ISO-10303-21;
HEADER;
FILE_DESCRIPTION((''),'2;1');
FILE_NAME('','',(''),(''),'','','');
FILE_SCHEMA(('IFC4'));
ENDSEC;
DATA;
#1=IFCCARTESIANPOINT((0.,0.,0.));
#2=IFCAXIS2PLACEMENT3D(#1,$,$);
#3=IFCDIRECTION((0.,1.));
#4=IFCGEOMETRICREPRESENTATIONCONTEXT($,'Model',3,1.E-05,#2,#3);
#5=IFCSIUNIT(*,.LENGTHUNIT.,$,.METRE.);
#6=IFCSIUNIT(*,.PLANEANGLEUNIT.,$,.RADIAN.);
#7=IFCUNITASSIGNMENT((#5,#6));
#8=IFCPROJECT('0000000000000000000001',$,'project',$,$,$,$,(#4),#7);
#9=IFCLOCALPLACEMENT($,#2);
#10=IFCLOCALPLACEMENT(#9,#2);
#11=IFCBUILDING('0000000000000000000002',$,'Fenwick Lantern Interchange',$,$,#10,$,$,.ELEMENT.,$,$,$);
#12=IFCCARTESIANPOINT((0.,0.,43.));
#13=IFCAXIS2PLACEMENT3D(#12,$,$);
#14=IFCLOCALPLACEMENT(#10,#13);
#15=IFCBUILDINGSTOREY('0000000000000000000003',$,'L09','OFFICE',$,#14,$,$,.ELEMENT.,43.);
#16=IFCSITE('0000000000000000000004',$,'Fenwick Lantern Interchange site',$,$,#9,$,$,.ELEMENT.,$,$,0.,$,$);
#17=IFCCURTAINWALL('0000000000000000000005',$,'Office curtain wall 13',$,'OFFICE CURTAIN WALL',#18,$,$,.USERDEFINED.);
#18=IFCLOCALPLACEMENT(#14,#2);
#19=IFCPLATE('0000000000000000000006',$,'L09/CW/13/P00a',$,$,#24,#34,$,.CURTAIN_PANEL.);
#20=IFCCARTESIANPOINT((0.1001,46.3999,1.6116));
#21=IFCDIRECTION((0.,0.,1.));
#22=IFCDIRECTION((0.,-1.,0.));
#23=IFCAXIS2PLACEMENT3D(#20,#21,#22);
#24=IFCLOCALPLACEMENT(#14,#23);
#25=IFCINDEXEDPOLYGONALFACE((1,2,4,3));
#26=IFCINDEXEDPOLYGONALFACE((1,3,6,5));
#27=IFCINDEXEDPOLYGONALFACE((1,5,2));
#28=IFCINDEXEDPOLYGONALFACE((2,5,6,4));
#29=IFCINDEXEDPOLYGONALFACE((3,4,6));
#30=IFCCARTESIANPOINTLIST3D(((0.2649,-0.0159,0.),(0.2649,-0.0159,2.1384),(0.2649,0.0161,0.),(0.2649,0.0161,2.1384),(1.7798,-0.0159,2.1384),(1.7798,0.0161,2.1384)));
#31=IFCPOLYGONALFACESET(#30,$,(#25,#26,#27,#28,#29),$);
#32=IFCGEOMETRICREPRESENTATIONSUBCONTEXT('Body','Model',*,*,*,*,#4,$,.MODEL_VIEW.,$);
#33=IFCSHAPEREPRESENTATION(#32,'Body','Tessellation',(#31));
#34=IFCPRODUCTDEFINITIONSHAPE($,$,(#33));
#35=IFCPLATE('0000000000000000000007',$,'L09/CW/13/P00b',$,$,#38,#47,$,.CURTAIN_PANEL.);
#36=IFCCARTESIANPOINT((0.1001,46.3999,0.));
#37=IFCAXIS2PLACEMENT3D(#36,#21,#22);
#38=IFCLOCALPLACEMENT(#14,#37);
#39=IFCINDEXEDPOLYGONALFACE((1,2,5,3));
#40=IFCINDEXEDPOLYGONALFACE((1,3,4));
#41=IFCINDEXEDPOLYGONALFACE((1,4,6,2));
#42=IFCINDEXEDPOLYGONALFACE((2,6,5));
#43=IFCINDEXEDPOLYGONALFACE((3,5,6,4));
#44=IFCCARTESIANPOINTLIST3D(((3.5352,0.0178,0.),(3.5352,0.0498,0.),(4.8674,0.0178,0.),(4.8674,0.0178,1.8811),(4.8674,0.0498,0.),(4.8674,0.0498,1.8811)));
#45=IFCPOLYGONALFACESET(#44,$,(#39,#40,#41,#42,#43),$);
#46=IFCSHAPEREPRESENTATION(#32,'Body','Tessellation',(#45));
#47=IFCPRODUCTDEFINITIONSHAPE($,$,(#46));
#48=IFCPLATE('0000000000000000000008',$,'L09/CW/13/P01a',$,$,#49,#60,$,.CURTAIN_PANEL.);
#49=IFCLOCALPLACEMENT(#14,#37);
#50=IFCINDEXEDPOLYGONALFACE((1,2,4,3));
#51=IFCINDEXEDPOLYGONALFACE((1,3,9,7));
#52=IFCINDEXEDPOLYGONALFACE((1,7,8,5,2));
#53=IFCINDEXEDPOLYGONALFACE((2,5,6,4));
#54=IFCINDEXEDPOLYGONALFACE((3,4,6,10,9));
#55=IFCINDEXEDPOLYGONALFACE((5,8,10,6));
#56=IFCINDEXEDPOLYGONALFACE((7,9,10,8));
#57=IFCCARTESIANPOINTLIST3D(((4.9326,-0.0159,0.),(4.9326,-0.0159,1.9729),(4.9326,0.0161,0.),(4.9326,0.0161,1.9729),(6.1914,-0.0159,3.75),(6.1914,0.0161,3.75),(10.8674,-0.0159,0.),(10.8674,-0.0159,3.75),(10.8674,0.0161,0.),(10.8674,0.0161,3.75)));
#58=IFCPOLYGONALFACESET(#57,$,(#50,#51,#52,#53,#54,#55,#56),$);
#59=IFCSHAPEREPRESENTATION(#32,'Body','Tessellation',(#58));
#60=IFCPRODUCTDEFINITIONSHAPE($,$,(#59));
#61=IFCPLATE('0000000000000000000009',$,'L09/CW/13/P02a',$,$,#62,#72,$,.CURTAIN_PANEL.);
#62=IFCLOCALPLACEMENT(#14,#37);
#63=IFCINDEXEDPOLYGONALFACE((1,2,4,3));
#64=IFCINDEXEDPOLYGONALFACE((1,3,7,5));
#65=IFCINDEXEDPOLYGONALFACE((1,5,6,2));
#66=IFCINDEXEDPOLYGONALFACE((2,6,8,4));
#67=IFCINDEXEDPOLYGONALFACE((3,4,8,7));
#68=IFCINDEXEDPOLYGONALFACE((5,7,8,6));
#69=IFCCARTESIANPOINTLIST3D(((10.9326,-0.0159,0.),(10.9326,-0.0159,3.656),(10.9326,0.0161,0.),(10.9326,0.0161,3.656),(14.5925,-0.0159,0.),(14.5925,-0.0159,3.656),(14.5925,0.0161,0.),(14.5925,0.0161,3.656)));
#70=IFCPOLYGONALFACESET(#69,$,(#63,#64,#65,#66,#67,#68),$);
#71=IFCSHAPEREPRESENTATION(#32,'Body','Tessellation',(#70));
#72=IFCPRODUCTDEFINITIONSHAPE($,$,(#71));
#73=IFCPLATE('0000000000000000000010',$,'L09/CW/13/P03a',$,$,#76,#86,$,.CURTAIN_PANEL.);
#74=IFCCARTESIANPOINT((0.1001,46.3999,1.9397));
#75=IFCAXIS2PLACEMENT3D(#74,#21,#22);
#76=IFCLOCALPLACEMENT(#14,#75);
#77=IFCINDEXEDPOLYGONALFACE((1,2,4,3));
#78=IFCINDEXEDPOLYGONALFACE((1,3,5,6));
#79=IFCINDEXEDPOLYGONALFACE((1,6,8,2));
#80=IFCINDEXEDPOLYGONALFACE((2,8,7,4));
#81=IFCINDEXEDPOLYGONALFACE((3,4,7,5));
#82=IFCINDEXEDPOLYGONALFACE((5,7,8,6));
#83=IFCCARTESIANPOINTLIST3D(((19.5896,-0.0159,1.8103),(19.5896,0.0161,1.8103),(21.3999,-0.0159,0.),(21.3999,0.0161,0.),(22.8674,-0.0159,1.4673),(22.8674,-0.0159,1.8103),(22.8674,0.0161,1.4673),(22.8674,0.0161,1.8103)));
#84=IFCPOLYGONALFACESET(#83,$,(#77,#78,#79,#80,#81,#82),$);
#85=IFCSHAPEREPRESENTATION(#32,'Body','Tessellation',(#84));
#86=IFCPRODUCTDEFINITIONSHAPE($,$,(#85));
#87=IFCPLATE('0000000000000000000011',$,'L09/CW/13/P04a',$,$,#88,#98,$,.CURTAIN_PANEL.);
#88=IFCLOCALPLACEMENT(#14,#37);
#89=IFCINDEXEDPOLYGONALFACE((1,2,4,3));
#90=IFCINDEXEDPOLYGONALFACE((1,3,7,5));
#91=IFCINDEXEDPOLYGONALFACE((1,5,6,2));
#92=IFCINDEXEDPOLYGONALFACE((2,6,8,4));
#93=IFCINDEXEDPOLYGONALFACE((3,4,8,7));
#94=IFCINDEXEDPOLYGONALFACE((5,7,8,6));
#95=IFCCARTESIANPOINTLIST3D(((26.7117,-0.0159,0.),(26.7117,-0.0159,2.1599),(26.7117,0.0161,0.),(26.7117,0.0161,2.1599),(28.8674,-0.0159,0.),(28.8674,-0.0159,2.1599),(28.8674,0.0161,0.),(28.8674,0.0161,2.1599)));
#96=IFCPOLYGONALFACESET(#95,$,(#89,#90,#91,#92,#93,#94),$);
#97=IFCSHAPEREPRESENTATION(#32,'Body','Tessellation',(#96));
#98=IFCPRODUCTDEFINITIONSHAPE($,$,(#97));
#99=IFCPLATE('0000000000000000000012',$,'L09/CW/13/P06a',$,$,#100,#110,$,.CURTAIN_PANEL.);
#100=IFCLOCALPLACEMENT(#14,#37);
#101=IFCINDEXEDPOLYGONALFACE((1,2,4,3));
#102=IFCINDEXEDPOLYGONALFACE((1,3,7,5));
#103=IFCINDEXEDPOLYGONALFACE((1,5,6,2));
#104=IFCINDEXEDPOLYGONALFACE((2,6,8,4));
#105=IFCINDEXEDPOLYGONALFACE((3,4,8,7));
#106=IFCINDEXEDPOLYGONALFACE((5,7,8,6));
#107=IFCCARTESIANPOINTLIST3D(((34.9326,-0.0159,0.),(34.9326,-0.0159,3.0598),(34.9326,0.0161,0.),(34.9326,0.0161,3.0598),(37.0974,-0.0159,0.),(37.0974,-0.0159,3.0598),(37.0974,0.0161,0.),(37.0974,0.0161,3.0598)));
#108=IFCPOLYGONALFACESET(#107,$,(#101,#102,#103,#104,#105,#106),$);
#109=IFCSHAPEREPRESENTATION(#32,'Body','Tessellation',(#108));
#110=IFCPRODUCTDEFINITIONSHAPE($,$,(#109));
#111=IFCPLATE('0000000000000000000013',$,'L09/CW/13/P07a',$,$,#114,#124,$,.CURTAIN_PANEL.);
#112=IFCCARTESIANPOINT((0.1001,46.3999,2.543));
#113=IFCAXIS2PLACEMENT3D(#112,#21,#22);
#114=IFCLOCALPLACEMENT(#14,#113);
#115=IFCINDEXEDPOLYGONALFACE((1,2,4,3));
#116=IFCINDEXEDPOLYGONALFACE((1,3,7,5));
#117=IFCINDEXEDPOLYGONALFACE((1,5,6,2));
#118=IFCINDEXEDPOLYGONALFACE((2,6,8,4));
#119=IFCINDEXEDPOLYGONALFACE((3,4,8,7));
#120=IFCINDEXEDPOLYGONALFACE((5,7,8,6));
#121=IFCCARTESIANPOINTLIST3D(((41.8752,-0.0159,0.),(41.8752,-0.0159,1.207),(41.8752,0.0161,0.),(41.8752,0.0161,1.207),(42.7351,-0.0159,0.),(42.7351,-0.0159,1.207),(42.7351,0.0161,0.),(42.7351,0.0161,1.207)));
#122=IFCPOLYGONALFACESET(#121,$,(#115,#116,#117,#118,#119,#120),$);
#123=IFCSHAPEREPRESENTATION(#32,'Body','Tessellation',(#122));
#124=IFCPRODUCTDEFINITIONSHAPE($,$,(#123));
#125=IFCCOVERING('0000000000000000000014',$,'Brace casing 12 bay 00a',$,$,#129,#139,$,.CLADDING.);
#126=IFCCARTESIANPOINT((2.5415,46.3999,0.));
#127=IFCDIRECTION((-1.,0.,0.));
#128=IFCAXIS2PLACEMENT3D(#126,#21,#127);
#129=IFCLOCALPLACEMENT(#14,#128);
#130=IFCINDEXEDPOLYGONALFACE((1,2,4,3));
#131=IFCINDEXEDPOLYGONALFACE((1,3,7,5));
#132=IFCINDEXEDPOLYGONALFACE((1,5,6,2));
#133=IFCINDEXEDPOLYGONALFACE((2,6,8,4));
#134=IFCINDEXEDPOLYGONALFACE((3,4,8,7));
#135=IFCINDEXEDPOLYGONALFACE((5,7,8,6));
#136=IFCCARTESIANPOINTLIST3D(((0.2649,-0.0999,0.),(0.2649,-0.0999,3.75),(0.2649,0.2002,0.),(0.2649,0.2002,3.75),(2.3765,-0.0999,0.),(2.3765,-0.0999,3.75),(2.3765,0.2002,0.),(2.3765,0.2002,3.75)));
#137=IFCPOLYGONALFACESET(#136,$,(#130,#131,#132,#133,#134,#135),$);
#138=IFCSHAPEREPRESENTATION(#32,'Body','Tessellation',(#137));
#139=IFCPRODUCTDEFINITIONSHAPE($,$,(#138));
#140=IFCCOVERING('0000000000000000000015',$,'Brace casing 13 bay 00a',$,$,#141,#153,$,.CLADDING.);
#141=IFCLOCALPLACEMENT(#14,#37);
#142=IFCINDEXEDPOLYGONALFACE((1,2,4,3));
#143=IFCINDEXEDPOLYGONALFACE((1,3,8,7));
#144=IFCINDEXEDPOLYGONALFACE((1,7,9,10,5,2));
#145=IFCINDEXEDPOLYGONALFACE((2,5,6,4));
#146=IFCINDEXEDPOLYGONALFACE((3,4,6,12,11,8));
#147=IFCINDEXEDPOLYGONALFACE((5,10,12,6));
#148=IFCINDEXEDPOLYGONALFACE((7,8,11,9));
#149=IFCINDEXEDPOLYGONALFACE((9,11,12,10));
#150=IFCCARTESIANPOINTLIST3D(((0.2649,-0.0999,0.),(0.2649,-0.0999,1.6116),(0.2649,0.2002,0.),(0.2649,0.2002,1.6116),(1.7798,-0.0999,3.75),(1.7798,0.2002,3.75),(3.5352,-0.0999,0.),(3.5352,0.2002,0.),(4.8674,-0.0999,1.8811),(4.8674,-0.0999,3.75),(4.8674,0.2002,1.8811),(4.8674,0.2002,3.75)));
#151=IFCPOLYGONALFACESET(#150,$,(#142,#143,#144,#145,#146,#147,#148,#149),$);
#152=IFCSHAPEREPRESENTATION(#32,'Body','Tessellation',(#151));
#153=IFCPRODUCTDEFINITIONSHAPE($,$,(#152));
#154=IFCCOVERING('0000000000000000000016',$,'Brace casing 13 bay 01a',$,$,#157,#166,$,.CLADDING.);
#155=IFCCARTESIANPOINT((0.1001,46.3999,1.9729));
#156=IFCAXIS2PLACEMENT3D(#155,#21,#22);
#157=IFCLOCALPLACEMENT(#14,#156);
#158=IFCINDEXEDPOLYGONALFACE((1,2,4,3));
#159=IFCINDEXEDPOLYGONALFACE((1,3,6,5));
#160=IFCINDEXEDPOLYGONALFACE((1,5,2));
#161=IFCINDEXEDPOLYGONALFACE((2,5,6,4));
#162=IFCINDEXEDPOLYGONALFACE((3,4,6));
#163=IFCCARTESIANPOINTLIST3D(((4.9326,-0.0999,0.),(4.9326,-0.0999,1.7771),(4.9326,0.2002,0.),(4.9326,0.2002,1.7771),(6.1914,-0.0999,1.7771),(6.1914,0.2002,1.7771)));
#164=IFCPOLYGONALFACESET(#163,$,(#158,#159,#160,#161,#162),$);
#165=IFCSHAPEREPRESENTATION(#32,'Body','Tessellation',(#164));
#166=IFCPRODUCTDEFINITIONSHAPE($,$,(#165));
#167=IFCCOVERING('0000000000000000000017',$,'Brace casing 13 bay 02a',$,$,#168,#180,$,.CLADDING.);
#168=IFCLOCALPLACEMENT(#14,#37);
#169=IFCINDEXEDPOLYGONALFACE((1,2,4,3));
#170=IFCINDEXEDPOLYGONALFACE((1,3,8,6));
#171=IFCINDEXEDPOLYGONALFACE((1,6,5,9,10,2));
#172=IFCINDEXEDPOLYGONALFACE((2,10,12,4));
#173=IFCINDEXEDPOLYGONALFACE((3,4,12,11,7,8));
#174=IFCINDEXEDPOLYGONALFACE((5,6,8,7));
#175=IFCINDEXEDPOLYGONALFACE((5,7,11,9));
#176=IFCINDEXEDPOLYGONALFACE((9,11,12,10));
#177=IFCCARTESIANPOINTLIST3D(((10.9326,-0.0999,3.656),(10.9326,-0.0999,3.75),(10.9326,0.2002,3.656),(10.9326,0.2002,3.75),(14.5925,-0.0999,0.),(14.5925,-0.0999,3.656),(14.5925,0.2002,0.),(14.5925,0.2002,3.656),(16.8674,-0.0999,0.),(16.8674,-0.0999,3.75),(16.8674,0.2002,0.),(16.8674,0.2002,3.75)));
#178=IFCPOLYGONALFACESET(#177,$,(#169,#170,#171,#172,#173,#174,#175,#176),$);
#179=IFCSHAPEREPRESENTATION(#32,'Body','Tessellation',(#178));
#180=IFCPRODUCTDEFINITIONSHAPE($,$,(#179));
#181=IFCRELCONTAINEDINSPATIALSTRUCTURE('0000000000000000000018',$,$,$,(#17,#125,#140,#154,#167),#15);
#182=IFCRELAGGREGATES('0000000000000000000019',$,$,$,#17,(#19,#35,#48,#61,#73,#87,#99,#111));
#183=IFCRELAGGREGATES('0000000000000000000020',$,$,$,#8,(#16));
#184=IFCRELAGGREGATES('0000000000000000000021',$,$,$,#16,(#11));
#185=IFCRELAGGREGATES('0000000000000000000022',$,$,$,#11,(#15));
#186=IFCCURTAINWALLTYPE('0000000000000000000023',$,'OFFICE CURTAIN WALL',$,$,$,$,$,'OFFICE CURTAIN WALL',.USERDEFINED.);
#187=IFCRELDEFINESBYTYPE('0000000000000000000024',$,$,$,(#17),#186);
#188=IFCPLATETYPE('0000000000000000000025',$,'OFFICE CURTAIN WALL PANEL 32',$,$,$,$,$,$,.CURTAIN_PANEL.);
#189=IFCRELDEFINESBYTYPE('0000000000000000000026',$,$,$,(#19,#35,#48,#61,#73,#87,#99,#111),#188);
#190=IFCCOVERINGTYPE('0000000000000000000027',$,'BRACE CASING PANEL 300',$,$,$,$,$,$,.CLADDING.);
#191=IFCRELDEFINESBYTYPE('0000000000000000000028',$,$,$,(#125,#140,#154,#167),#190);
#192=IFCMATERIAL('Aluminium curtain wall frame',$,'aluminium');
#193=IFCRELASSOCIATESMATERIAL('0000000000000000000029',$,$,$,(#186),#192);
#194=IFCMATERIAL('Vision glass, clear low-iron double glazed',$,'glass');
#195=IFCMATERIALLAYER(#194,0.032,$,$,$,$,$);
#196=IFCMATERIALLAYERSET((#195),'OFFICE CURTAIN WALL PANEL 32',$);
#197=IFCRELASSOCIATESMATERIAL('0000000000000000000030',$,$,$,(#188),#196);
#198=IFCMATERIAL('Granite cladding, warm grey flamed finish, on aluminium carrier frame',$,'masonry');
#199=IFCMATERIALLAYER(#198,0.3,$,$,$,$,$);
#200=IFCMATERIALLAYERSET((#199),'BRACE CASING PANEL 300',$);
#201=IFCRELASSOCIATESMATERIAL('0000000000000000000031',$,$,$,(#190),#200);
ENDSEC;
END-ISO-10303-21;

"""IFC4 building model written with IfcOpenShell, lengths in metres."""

from ifc_helpers import new_model, si_unit, direction, frame, origin, place, context, subcontext, project, spatial, polyline, outline, extrude, material, layer, layer_set, type_object, element, aggregate, save


model = new_model("IFC4")

# Units and contexts
model_context = context("Model", 3, precision=1e-05, world=origin(), true_north=direction((0.0, 1.0)))
body_context = subcontext(model_context, "Body", "Model", "MODEL_VIEW")
ifc_project = project(units=[si_unit("LENGTHUNIT", "METRE"), si_unit("PLANEANGLEUNIT", "RADIAN")], contexts=[model_context])

# Site, building, storey
site_placement = place(None, origin())
site = spatial("IfcSite", under=ifc_project, at=site_placement, Name="Fenwick Lantern Interchange site", CompositionType="ELEMENT", RefElevation=0.0)
building_placement = place(site_placement, origin())
building = spatial("IfcBuilding", under=site, at=building_placement, Name="Fenwick Lantern Interchange", CompositionType="ELEMENT")
storey_placement = place(building_placement, frame((0.0, 0.0, 43.0)))
storey = spatial("IfcBuildingStorey", under=building, at=storey_placement, Name="L09", Description="OFFICE", CompositionType="ELEMENT", Elevation=43.0)

# Curtain wall
ifc_material_1 = material(Name="Aluminium curtain wall frame", Category="aluminium")
curtain_wall_type = type_object("IfcCurtainWallType", Name="OFFICE CURTAIN WALL", ElementType="OFFICE CURTAIN WALL", PredefinedType="USERDEFINED", material=ifc_material_1)
curtain_wall_1_placement = place(storey_placement, origin())
curtain_wall_1 = element("IfcCurtainWall", 1, at=curtain_wall_1_placement, inside=storey, type_object=curtain_wall_type, Name="Office curtain wall 13", ObjectType="OFFICE CURTAIN WALL", PredefinedType="USERDEFINED")

# Plates
ifc_material_2 = material(Name="Vision glass, clear low-iron double glazed", Category="glass")
ifc_layer_1 = layer(ifc_material_2, 0.032)
ifc_layer_set_1 = layer_set([ifc_layer_1], Name="OFFICE CURTAIN WALL PANEL 32")
plate_type = type_object("IfcPlateType", Name="OFFICE CURTAIN WALL PANEL 32", PredefinedType="CURTAIN_PANEL", material=ifc_layer_set_1)
plate_1_placement = place(storey_placement, frame((0.1001, 46.3999, 1.6116), z_axis=(0.0, 0.0, 1.0), x_axis=(0.0, -1.0, 0.0)))
plate_1 = element("IfcPlate", 2, at=plate_1_placement, type_object=plate_type, Name="L09/CW/13/P00a", PredefinedType="CURTAIN_PANEL", context=body_context, shape_type="SweptSolid", body=[
    extrude(outline(polyline([(0.2649, 0.0), (1.7798, 2.1384), (0.2649, 2.1384), (0.2649, 0.0)])), frame((0.0, 0.0161, 0.0), z_axis=(0.0, -1.0, 0.0), x_axis=(1.0, 0.0, 0.0)), (0.0, 0.0, 1.0), 0.032),
])
plate_2_placement = place(storey_placement, frame((0.1001, 46.3999, 0.0), z_axis=(0.0, 0.0, 1.0), x_axis=(0.0, -1.0, 0.0)))
plate_2 = element("IfcPlate", 3, at=plate_2_placement, type_object=plate_type, Name="L09/CW/13/P00b", PredefinedType="CURTAIN_PANEL", context=body_context, shape_type="SweptSolid", body=[
    extrude(outline(polyline([(3.5352, 0.0), (4.8674, 0.0), (4.8674, 1.8811), (3.5352, 0.0)])), frame((0.0, 0.0498, 0.0), z_axis=(0.0, -1.0, 0.0), x_axis=(1.0, 0.0, 0.0)), (0.0, 0.0, 1.0), 0.032),
])
plate_3_placement = place(storey_placement, frame((0.1001, 46.3999, 0.0), z_axis=(0.0, 0.0, 1.0), x_axis=(0.0, -1.0, 0.0)))
plate_3 = element("IfcPlate", 4, at=plate_3_placement, type_object=plate_type, Name="L09/CW/13/P01a", PredefinedType="CURTAIN_PANEL", context=body_context, shape_type="SweptSolid", body=[
    extrude(outline(polyline([(4.9326, 0.0), (10.8674, 0.0), (10.8674, 3.75), (6.1914, 3.75), (4.9326, 1.9729), (4.9326, 0.0)])), frame((0.0, 0.0161, 0.0), z_axis=(0.0, -1.0, 0.0), x_axis=(1.0, 0.0, 0.0)), (0.0, 0.0, 1.0), 0.032),
])
plate_4_placement = place(storey_placement, frame((0.1001, 46.3999, 0.0), z_axis=(0.0, 0.0, 1.0), x_axis=(0.0, -1.0, 0.0)))
plate_4 = element("IfcPlate", 5, at=plate_4_placement, type_object=plate_type, Name="L09/CW/13/P02a", PredefinedType="CURTAIN_PANEL", context=body_context, shape_type="SweptSolid", body=[
    extrude(outline(polyline([(10.9326, 0.0), (14.5925, 0.0), (14.5925, 3.656), (10.9326, 3.656), (10.9326, 0.0)])), frame((0.0, 0.0161, 0.0), z_axis=(0.0, -1.0, 0.0), x_axis=(1.0, 0.0, 0.0)), (0.0, 0.0, 1.0), 0.032),
])
plate_5_placement = place(storey_placement, frame((0.1001, 46.3999, 1.9397), z_axis=(0.0, 0.0, 1.0), x_axis=(0.0, -1.0, 0.0)))
plate_5 = element("IfcPlate", 6, at=plate_5_placement, type_object=plate_type, Name="L09/CW/13/P03a", PredefinedType="CURTAIN_PANEL", context=body_context, shape_type="SweptSolid", body=[
    extrude(outline(polyline([(21.3999, 0.0), (22.8674, 1.4673), (22.8674, 1.8103), (19.5896, 1.8103), (21.3999, 0.0)])), frame((0.0, 0.0161, 0.0), z_axis=(0.0, -1.0, 0.0), x_axis=(1.0, 0.0, 0.0)), (0.0, 0.0, 1.0), 0.032),
])
plate_6_placement = place(storey_placement, frame((0.1001, 46.3999, 0.0), z_axis=(0.0, 0.0, 1.0), x_axis=(0.0, -1.0, 0.0)))
plate_6 = element("IfcPlate", 7, at=plate_6_placement, type_object=plate_type, Name="L09/CW/13/P04a", PredefinedType="CURTAIN_PANEL", context=body_context, shape_type="SweptSolid", body=[
    extrude(outline(polyline([(26.7117, 0.0), (28.8674, 0.0), (28.8674, 2.1599), (26.7117, 2.1599), (26.7117, 0.0)])), frame((0.0, 0.0161, 0.0), z_axis=(0.0, -1.0, 0.0), x_axis=(1.0, 0.0, 0.0)), (0.0, 0.0, 1.0), 0.032),
])
plate_7_placement = place(storey_placement, frame((0.1001, 46.3999, 0.0), z_axis=(0.0, 0.0, 1.0), x_axis=(0.0, -1.0, 0.0)))
plate_7 = element("IfcPlate", 8, at=plate_7_placement, type_object=plate_type, Name="L09/CW/13/P06a", PredefinedType="CURTAIN_PANEL", context=body_context, shape_type="SweptSolid", body=[
    extrude(outline(polyline([(34.9326, 0.0), (37.0974, 0.0), (37.0974, 3.0598), (34.9326, 3.0598), (34.9326, 0.0)])), frame((0.0, 0.0161, 0.0), z_axis=(0.0, -1.0, 0.0), x_axis=(1.0, 0.0, 0.0)), (0.0, 0.0, 1.0), 0.032),
])
plate_8_placement = place(storey_placement, frame((0.1001, 46.3999, 2.543), z_axis=(0.0, 0.0, 1.0), x_axis=(0.0, -1.0, 0.0)))
plate_8 = element("IfcPlate", 9, at=plate_8_placement, type_object=plate_type, Name="L09/CW/13/P07a", PredefinedType="CURTAIN_PANEL", context=body_context, shape_type="SweptSolid", body=[
    extrude(outline(polyline([(41.8752, 0.0), (42.7351, 0.0), (42.7351, 1.207), (41.8752, 1.207), (41.8752, 0.0)])), frame((0.0, 0.0161, 0.0), z_axis=(0.0, -1.0, 0.0), x_axis=(1.0, 0.0, 0.0)), (0.0, 0.0, 1.0), 0.032),
])
aggregate(curtain_wall_1, [plate_1, plate_2, plate_3, plate_4, plate_5, plate_6, plate_7, plate_8])

# Coverings
ifc_material_3 = material(Name="Granite cladding, warm grey flamed finish, on aluminium carrier frame", Category="masonry")
ifc_layer_2 = layer(ifc_material_3, 0.3)
ifc_layer_set_2 = layer_set([ifc_layer_2], Name="BRACE CASING PANEL 300")
covering_type = type_object("IfcCoveringType", Name="BRACE CASING PANEL 300", PredefinedType="CLADDING", material=ifc_layer_set_2)
covering_1_placement = place(storey_placement, frame((2.5415, 46.3999, 0.0), z_axis=(0.0, 0.0, 1.0), x_axis=(-1.0, 0.0, 0.0)))
element("IfcCovering", 10, at=covering_1_placement, inside=storey, type_object=covering_type, Name="Brace casing 12 bay 00a", PredefinedType="CLADDING", context=body_context, shape_type="SweptSolid", body=[
    extrude(outline(polyline([(0.2649, 0.0), (2.3765, 0.0), (2.3765, 3.75), (0.2649, 3.75), (0.2649, 0.0)])), frame((0.0, 0.2002, 0.0), z_axis=(0.0, -1.0, 0.0), x_axis=(1.0, 0.0, 0.0)), (0.0, 0.0, 1.0), 0.3),
])
covering_2_placement = place(storey_placement, frame((0.1001, 46.3999, 0.0), z_axis=(0.0, 0.0, 1.0), x_axis=(0.0, -1.0, 0.0)))
element("IfcCovering", 11, at=covering_2_placement, inside=storey, type_object=covering_type, Name="Brace casing 13 bay 00a", PredefinedType="CLADDING", context=body_context, shape_type="SweptSolid", body=[
    extrude(outline(polyline([(0.2649, 0.0), (3.5352, 0.0), (4.8674, 1.8811), (4.8674, 3.75), (1.7798, 3.75), (0.2649, 1.6116), (0.2649, 0.0)])), frame((0.0, 0.2002, 0.0), z_axis=(0.0, -1.0, 0.0), x_axis=(1.0, 0.0, 0.0)), (0.0, 0.0, 1.0), 0.3),
])
covering_3_placement = place(storey_placement, frame((0.1001, 46.3999, 1.9729), z_axis=(0.0, 0.0, 1.0), x_axis=(0.0, -1.0, 0.0)))
element("IfcCovering", 12, at=covering_3_placement, inside=storey, type_object=covering_type, Name="Brace casing 13 bay 01a", PredefinedType="CLADDING", context=body_context, shape_type="SweptSolid", body=[
    extrude(outline(polyline([(4.9326, 0.0), (6.1914, 1.7771), (4.9326, 1.7771), (4.9326, 0.0)])), frame((0.0, 0.2002, 0.0), z_axis=(0.0, -1.0, 0.0), x_axis=(1.0, 0.0, 0.0)), (0.0, 0.0, 1.0), 0.3),
])
covering_4_placement = place(storey_placement, frame((0.1001, 46.3999, 0.0), z_axis=(0.0, 0.0, 1.0), x_axis=(0.0, -1.0, 0.0)))
element("IfcCovering", 13, at=covering_4_placement, inside=storey, type_object=covering_type, Name="Brace casing 13 bay 02a", PredefinedType="CLADDING", context=body_context, shape_type="SweptSolid", body=[
    extrude(outline(polyline([(14.5925, 0.0), (16.8674, 0.0), (16.8674, 3.75), (10.9326, 3.75), (10.9326, 3.656), (14.5925, 3.656), (14.5925, 0.0)])), frame((0.0, 0.2002, 0.0), z_axis=(0.0, -1.0, 0.0), x_axis=(1.0, 0.0, 0.0)), (0.0, 0.0, 1.0), 0.3),
])

save(model, "model.ifc")
